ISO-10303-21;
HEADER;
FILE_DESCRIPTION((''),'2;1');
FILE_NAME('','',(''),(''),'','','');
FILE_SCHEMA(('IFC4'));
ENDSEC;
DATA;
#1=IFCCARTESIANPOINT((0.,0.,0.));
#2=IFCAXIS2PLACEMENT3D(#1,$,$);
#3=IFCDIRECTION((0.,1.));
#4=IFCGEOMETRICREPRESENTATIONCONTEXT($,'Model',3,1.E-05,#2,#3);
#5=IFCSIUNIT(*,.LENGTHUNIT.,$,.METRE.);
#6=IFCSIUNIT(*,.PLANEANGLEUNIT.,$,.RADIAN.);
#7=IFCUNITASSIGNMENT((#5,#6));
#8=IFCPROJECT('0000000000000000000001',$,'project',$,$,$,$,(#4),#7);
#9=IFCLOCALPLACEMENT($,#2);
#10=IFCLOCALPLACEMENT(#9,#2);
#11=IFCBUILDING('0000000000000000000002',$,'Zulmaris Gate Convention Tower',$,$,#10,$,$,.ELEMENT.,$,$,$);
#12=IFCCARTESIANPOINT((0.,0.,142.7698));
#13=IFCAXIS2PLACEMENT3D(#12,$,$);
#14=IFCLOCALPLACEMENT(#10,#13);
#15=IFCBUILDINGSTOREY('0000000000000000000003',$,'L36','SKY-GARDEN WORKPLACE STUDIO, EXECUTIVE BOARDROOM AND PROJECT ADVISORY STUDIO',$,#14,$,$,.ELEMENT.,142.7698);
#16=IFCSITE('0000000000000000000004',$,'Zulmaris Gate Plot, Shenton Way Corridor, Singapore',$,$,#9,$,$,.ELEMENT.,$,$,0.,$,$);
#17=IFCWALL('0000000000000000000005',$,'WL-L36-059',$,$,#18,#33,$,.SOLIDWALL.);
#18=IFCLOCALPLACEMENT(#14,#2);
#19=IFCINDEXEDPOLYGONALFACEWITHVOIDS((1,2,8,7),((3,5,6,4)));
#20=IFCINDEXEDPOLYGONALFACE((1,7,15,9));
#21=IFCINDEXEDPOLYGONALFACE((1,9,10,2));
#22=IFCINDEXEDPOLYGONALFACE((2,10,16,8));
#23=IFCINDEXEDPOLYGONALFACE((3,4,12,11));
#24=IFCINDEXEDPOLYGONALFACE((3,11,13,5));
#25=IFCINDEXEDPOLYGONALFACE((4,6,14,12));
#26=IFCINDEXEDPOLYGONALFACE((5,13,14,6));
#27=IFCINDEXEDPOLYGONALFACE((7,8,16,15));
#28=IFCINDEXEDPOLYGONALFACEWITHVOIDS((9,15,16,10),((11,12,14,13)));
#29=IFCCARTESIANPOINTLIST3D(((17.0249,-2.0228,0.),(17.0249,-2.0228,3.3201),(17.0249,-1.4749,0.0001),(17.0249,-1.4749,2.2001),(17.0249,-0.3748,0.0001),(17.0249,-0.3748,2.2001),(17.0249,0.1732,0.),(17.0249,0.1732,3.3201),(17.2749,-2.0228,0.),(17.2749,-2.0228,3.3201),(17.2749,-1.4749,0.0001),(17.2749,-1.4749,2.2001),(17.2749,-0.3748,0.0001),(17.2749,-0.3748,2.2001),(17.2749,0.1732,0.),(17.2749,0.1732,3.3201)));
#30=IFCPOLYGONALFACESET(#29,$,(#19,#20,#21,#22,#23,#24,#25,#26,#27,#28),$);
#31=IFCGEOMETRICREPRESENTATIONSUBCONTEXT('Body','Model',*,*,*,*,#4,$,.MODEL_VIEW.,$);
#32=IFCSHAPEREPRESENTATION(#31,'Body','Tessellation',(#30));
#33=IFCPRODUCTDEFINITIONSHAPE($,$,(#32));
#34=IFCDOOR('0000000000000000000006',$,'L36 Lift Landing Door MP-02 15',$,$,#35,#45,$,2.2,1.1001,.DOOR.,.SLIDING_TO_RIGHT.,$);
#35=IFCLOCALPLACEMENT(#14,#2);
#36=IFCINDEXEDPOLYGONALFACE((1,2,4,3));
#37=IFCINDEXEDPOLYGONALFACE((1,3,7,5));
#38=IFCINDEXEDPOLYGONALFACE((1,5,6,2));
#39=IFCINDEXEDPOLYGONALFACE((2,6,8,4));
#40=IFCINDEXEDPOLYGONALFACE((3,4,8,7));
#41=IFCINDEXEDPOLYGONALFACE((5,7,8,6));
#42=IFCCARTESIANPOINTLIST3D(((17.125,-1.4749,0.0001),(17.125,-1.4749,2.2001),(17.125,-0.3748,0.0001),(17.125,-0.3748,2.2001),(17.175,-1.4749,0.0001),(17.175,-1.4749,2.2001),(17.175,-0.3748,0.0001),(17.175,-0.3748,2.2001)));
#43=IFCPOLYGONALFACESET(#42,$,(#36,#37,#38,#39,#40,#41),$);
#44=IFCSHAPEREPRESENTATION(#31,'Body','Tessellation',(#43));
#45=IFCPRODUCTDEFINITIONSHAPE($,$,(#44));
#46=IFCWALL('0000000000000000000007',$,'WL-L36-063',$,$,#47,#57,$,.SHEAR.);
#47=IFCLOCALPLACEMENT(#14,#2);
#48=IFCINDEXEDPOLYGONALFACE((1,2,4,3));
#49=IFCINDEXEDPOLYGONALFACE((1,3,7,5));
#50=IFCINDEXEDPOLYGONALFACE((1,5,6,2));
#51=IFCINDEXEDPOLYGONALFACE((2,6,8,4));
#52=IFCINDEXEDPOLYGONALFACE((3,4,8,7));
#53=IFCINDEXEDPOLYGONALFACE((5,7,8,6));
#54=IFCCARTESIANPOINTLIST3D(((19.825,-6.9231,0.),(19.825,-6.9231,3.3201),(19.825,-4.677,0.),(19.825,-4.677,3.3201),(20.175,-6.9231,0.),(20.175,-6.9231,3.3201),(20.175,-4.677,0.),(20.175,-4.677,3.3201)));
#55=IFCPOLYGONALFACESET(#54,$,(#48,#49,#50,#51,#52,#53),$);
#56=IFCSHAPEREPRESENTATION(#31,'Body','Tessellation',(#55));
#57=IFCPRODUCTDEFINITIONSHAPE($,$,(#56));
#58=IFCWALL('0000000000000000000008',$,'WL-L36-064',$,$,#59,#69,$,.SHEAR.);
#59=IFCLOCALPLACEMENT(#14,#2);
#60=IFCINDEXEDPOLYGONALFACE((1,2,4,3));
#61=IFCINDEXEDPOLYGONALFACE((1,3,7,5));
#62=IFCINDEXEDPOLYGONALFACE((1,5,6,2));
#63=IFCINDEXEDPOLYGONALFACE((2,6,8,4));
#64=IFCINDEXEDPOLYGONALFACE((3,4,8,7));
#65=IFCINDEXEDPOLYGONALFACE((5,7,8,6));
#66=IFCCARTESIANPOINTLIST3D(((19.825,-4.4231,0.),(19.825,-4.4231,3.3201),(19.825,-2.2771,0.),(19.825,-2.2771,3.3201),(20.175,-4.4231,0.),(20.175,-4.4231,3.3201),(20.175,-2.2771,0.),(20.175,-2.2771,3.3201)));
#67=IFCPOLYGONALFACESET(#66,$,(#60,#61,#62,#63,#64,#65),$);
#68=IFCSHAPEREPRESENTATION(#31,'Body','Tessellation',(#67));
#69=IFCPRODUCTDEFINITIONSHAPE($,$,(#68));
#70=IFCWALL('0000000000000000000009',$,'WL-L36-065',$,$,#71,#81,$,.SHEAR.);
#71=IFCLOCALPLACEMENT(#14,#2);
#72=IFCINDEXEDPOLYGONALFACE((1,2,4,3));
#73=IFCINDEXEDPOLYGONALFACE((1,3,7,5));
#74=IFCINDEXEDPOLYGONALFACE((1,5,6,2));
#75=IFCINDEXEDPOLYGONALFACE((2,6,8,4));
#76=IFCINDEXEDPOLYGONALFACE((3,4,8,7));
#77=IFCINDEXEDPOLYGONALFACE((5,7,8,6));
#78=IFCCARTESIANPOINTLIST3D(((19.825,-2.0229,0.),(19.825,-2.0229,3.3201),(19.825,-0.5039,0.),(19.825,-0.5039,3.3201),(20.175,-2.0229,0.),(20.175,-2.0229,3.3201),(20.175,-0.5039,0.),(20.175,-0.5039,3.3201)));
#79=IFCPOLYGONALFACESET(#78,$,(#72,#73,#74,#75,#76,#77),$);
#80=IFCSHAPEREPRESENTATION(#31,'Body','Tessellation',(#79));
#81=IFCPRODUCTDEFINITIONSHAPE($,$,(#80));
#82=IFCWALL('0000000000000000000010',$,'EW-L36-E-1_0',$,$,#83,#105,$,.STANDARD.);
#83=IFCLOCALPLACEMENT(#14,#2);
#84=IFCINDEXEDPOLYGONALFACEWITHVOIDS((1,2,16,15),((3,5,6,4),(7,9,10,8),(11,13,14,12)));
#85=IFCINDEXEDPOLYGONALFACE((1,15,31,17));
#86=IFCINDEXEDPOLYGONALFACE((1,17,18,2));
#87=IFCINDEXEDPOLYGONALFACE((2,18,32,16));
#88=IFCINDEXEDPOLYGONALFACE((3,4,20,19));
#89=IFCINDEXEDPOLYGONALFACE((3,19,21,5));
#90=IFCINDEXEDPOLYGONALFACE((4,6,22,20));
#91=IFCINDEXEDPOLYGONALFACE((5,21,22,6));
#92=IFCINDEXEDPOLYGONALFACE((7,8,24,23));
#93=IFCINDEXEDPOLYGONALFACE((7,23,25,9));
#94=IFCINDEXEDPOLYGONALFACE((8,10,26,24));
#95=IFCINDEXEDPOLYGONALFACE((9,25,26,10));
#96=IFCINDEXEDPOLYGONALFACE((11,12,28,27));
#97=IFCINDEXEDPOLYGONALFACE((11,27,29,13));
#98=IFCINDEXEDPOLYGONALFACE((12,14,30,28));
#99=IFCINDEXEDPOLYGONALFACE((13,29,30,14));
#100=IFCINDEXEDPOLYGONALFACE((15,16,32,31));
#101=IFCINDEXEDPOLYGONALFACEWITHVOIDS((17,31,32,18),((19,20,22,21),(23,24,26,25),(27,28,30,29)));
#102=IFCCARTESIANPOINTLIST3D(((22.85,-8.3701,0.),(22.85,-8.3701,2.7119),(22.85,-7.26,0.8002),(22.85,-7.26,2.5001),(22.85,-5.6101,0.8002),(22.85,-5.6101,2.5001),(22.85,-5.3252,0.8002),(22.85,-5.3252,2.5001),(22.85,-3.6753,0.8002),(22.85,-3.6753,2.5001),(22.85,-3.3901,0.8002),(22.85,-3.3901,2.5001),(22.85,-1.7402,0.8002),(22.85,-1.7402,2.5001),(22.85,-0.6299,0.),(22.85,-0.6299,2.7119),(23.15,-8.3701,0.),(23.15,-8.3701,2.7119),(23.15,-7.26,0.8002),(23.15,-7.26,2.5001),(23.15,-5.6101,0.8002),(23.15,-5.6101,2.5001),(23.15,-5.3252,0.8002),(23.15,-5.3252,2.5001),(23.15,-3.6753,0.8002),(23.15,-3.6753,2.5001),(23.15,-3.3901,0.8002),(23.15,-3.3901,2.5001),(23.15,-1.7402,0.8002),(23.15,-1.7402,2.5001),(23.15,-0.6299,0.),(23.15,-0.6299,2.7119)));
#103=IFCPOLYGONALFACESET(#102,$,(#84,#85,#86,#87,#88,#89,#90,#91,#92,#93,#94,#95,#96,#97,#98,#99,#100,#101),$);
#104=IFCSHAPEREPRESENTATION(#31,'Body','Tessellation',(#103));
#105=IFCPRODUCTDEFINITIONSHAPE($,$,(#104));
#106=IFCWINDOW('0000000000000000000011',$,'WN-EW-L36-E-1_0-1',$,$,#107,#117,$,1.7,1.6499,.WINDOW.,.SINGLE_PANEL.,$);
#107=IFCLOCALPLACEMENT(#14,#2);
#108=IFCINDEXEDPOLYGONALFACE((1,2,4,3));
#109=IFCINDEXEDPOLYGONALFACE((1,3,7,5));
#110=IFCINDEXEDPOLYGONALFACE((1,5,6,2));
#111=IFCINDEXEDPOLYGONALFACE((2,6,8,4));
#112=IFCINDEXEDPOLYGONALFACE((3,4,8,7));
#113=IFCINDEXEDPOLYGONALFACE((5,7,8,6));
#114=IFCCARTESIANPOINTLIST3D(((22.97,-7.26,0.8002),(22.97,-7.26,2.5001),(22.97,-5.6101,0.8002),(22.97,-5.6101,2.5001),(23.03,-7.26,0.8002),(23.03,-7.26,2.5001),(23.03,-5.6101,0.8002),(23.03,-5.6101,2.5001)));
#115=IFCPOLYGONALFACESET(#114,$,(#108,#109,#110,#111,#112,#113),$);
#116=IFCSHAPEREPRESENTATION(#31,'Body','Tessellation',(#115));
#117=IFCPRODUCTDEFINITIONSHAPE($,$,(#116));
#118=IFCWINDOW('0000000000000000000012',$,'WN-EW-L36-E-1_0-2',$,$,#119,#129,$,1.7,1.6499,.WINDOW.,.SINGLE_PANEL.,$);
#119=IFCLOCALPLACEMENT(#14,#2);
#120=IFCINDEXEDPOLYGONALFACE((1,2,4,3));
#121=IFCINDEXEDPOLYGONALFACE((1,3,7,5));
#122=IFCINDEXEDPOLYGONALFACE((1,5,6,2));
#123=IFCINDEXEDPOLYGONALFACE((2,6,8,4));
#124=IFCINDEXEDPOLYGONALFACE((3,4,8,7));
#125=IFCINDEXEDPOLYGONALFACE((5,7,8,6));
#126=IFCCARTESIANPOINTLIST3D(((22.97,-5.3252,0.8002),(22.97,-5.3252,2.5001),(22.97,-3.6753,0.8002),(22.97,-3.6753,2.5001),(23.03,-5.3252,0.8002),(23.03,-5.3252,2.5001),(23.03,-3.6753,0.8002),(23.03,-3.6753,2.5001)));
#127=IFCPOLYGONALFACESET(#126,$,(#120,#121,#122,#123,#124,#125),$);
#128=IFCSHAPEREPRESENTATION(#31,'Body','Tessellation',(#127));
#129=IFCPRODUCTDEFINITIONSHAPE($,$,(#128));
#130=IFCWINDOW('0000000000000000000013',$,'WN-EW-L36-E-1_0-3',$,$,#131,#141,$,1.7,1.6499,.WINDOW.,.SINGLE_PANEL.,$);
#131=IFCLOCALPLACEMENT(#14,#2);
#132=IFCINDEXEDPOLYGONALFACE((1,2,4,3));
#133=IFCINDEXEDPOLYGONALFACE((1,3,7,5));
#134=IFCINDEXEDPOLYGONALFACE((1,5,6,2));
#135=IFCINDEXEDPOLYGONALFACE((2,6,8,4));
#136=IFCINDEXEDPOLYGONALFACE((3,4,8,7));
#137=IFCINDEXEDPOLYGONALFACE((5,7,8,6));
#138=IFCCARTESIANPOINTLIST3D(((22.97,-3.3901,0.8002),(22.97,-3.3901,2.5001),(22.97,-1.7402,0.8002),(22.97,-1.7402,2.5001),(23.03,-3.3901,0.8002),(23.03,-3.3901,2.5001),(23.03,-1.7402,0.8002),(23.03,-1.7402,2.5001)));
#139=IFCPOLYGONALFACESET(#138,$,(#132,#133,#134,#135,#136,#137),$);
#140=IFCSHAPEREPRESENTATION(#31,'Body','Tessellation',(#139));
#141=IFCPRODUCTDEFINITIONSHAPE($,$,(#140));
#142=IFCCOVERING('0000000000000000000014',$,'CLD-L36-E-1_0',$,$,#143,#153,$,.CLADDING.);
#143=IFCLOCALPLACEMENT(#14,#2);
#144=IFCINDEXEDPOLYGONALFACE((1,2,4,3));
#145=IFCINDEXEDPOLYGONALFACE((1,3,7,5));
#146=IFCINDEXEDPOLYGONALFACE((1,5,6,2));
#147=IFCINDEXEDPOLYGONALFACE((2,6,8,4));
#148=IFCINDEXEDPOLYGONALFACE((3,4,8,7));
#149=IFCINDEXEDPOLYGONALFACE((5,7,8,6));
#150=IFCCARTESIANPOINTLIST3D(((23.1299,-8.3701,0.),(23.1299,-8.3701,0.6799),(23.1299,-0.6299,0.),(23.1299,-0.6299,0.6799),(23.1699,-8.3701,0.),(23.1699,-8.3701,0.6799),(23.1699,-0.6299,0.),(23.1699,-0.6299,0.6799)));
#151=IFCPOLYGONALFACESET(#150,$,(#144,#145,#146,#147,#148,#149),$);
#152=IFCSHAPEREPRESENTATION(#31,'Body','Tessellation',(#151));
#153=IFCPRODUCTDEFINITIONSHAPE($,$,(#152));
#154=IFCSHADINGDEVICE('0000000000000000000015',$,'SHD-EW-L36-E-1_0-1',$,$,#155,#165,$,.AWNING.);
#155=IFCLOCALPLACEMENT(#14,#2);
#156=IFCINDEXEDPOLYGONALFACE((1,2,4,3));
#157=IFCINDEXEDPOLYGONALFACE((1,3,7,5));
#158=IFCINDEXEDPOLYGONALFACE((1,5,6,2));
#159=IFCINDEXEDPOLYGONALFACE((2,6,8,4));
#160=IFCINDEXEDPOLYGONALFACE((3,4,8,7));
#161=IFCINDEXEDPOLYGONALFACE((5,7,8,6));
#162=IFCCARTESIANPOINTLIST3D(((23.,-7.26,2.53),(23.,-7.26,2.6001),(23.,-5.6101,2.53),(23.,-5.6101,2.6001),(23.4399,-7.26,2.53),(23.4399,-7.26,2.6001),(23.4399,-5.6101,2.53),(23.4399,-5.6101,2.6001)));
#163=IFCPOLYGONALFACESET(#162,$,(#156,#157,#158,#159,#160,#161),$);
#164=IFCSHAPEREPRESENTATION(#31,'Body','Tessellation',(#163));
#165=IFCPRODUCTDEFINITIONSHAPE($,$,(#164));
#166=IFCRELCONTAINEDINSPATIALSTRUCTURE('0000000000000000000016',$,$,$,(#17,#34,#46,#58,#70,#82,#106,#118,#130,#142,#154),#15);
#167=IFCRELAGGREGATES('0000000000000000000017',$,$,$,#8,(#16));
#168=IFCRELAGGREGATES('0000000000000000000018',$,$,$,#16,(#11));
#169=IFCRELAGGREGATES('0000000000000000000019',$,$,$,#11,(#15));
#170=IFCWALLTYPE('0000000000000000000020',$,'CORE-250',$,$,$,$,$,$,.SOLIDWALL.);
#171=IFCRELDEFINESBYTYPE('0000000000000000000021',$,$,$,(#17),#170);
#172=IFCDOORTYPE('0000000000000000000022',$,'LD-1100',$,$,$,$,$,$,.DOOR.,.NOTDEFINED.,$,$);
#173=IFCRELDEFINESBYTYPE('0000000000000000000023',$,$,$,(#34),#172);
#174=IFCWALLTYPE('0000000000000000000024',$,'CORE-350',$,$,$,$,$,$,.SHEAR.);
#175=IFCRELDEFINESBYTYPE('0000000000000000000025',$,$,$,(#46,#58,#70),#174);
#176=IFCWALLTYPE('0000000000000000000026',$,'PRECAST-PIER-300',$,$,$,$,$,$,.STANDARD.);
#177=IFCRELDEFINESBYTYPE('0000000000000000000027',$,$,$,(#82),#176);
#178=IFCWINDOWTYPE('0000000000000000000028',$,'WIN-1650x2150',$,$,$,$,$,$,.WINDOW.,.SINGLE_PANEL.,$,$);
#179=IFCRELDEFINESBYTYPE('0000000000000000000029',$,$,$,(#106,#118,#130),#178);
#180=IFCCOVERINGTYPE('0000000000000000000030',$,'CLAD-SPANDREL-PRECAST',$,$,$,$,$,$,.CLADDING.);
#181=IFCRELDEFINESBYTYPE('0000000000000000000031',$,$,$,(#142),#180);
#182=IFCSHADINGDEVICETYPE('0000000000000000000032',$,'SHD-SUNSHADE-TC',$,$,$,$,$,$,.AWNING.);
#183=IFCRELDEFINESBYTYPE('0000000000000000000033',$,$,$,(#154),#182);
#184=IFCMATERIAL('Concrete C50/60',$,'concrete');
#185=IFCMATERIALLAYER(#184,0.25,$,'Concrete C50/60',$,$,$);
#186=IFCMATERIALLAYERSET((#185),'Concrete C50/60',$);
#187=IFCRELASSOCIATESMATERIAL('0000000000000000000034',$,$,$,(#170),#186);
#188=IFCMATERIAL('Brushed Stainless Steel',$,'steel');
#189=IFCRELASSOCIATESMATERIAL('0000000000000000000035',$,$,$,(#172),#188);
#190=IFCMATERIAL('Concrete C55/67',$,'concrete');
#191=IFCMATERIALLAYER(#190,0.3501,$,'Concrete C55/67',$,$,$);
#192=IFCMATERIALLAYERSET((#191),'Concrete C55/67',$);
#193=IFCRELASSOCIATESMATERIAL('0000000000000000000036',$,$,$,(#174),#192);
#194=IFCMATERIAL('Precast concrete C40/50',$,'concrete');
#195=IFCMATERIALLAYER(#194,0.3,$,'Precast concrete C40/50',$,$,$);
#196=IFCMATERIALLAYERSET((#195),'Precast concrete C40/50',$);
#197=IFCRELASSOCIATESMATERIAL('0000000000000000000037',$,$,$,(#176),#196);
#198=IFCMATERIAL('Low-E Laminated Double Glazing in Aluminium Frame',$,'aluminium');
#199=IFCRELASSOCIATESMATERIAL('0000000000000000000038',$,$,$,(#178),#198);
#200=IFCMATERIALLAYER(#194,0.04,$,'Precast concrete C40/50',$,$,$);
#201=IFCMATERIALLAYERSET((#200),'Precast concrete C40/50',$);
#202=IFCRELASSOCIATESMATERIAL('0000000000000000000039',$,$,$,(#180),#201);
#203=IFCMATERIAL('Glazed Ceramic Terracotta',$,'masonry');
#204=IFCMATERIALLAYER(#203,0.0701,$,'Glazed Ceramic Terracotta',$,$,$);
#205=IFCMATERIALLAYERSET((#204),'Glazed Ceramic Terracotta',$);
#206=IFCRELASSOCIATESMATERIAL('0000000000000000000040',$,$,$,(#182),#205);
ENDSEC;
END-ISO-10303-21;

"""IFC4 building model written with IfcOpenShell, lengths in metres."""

from ifc_helpers import new_model, si_unit, direction, frame, frame_2d, origin, place, context, subcontext, project, spatial, rectangle, extrude, material, layer, layer_set, type_object, element, fill, save


model = new_model("IFC4")

# Units and contexts
model_context = context("Model", 3, precision=1e-05, world=origin(), true_north=direction((0.0, 1.0)))
body_context = subcontext(model_context, "Body", "Model", "MODEL_VIEW")
ifc_project = project(units=[si_unit("LENGTHUNIT", "METRE"), si_unit("PLANEANGLEUNIT", "RADIAN")], contexts=[model_context])

# Site, building, storey
site_placement = place(None, origin())
site = spatial("IfcSite", under=ifc_project, at=site_placement, Name="Zulmaris Gate Plot, Shenton Way Corridor, Singapore", CompositionType="ELEMENT", RefElevation=0.0)
building_placement = place(site_placement, origin())
building = spatial("IfcBuilding", under=site, at=building_placement, Name="Zulmaris Gate Convention Tower", CompositionType="ELEMENT")
storey_placement = place(building_placement, frame((0.0, 0.0, 142.7698)))
storey = spatial("IfcBuildingStorey", under=building, at=storey_placement, Name="L36", Description="SKY-GARDEN WORKPLACE STUDIO, EXECUTIVE BOARDROOM AND PROJECT ADVISORY STUDIO", CompositionType="ELEMENT", Elevation=142.7698)

# Wall, opening, door
ifc_material_1 = material(Name="Concrete C50/60", Category="concrete")
ifc_layer_1 = layer(ifc_material_1, 0.25, Name="Concrete C50/60")
ifc_layer_set_1 = layer_set([ifc_layer_1], Name="Concrete C50/60")
wall_type_1 = type_object("IfcWallType", Name="CORE-250", PredefinedType="SOLIDWALL", material=ifc_layer_set_1)
ifc_material_2 = material(Name="Brushed Stainless Steel", Category="steel")
door_type = type_object("IfcDoorType", Name="LD-1100", OperationType="NOTDEFINED", PredefinedType="DOOR", material=ifc_material_2)
wall_1_placement = place(storey_placement, frame((17.1499, -2.0229, 0.0), z_axis=(0.0, 0.0, 1.0), x_axis=(0.0, 1.0, 0.0)))
wall_1 = element("IfcWall", 1, at=wall_1_placement, inside=storey, type_object=wall_type_1, Name="WL-L36-059", PredefinedType="SOLIDWALL", context=body_context, shape_type="SweptSolid", body=[
    extrude(rectangle(XDim=2.196, YDim=0.25, at=frame_2d((1.0981, 0.0))), origin(), (0.0, 0.0, 1.0), 3.3201),
])
opening_1_placement = place(wall_1_placement, frame((0.5481, 0.0, 0.0)))
opening_1 = element("IfcOpeningElement", 2, at=opening_1_placement, cuts=wall_1, PredefinedType="OPENING", context=body_context, shape_type="SweptSolid", body=[
    extrude(rectangle(XDim=1.1001, YDim=2.2, at=frame_2d((0.55, 1.1001))), frame((0.0, 0.135, 0.0), z_axis=(0.0, -1.0, 0.0), x_axis=(1.0, 0.0, 0.0)), (0.0, 0.0, 1.0), 0.27),
])
door_1_placement = place(opening_1_placement, origin())
door_1 = element("IfcDoor", 3, at=door_1_placement, inside=storey, type_object=door_type, Name="L36 Lift Landing Door MP-02 15", OperationType="SLIDING_TO_RIGHT", OverallHeight=2.2, OverallWidth=1.1001, PredefinedType="DOOR", context=body_context, shape_type="SweptSolid", body=[
    extrude(rectangle(XDim=1.1001, YDim=2.2, at=frame_2d((0.55, 1.1001))), frame((0.0, 0.0249, 0.0), z_axis=(0.0, -1.0, 0.0), x_axis=(1.0, 0.0, 0.0)), (0.0, 0.0, 1.0), 0.05),
])
fill(opening_1, door_1)

# Walls
ifc_material_3 = material(Name="Concrete C55/67", Category="concrete")
ifc_layer_2 = layer(ifc_material_3, 0.3501, Name="Concrete C55/67")
ifc_layer_set_2 = layer_set([ifc_layer_2], Name="Concrete C55/67")
wall_type_2 = type_object("IfcWallType", Name="CORE-350", PredefinedType="SHEAR", material=ifc_layer_set_2)
wall_2_placement = place(storey_placement, frame((20.0, -6.9231, 0.0), z_axis=(0.0, 0.0, 1.0), x_axis=(0.0, 1.0, 0.0)))
element("IfcWall", 4, at=wall_2_placement, inside=storey, type_object=wall_type_2, Name="WL-L36-063", PredefinedType="SHEAR", context=body_context, shape_type="SweptSolid", body=[
    extrude(rectangle(XDim=2.2461, YDim=0.3501, at=frame_2d((1.123, 0.0))), origin(), (0.0, 0.0, 1.0), 3.3201),
])
wall_3_placement = place(storey_placement, frame((20.0, -4.4231, 0.0), z_axis=(0.0, 0.0, 1.0), x_axis=(0.0, 1.0, 0.0)))
element("IfcWall", 5, at=wall_3_placement, inside=storey, type_object=wall_type_2, Name="WL-L36-064", PredefinedType="SHEAR", context=body_context, shape_type="SweptSolid", body=[
    extrude(rectangle(XDim=2.146, YDim=0.3501, at=frame_2d((1.073, 0.0))), origin(), (0.0, 0.0, 1.0), 3.3201),
])
wall_4_placement = place(storey_placement, frame((20.0, -2.0229, 0.0), z_axis=(0.0, 0.0, 1.0), x_axis=(0.0, 1.0, 0.0)))
element("IfcWall", 6, at=wall_4_placement, inside=storey, type_object=wall_type_2, Name="WL-L36-065", PredefinedType="SHEAR", context=body_context, shape_type="SweptSolid", body=[
    extrude(rectangle(XDim=1.519, YDim=0.3501, at=frame_2d((0.7595, 0.0))), origin(), (0.0, 0.0, 1.0), 3.3201),
])

# Wall, openings, windows
ifc_material_4 = material(Name="Precast concrete C40/50", Category="concrete")
ifc_layer_3 = layer(ifc_material_4, 0.3, Name="Precast concrete C40/50")
ifc_layer_set_3 = layer_set([ifc_layer_3], Name="Precast concrete C40/50")
wall_type_3 = type_object("IfcWallType", Name="PRECAST-PIER-300", PredefinedType="STANDARD", material=ifc_layer_set_3)
wall_5_placement = place(storey_placement, frame((23.0, -8.3701, 0.0), z_axis=(0.0, 0.0, 1.0), x_axis=(0.0, 1.0, 0.0)))
wall_5 = element("IfcWall", 7, at=wall_5_placement, inside=storey, type_object=wall_type_3, Name="EW-L36-E-1_0", PredefinedType="STANDARD", context=body_context, shape_type="SweptSolid", body=[
    extrude(rectangle(XDim=7.7402, YDim=0.3, at=frame_2d((3.8701, 0.0))), origin(), (0.0, 0.0, 1.0), 2.7119),
])
opening_2_placement = place(wall_5_placement, frame((1.1101, 0.0, 0.8)))
opening_2 = element("IfcOpeningElement", 8, at=opening_2_placement, cuts=wall_5, PredefinedType="OPENING", context=body_context, shape_type="SweptSolid", body=[
    extrude(rectangle(XDim=1.6499, YDim=1.7, at=frame_2d((0.825, 0.8501))), frame((0.0, 0.1602, 0.0), z_axis=(0.0, -1.0, 0.0), x_axis=(1.0, 0.0, 0.0)), (0.0, 0.0, 1.0), 0.3201),
])
opening_3_placement = place(wall_5_placement, frame((3.0449, 0.0, 0.8)))
opening_3 = element("IfcOpeningElement", 9, at=opening_3_placement, cuts=wall_5, PredefinedType="OPENING", context=body_context, shape_type="SweptSolid", body=[
    extrude(rectangle(XDim=1.6499, YDim=1.7, at=frame_2d((0.825, 0.8501))), frame((0.0, 0.1602, 0.0), z_axis=(0.0, -1.0, 0.0), x_axis=(1.0, 0.0, 0.0)), (0.0, 0.0, 1.0), 0.3201),
])
opening_4_placement = place(wall_5_placement, frame((4.98, 0.0, 0.8)))
opening_4 = element("IfcOpeningElement", 10, at=opening_4_placement, cuts=wall_5, PredefinedType="OPENING", context=body_context, shape_type="SweptSolid", body=[
    extrude(rectangle(XDim=1.6499, YDim=1.7, at=frame_2d((0.825, 0.8501))), frame((0.0, 0.1602, 0.0), z_axis=(0.0, -1.0, 0.0), x_axis=(1.0, 0.0, 0.0)), (0.0, 0.0, 1.0), 0.3201),
])
ifc_material_5 = material(Name="Low-E Laminated Double Glazing in Aluminium Frame", Category="aluminium")
window_type = type_object("IfcWindowType", Name="WIN-1650x2150", PartitioningType="SINGLE_PANEL", PredefinedType="WINDOW", material=ifc_material_5)
window_1_placement = place(opening_2_placement, origin())
window_1 = element("IfcWindow", 11, at=window_1_placement, inside=storey, type_object=window_type, Name="WN-EW-L36-E-1_0-1", OverallHeight=1.7, OverallWidth=1.6499, PartitioningType="SINGLE_PANEL", PredefinedType="WINDOW", context=body_context, shape_type="SweptSolid", body=[
    extrude(rectangle(XDim=1.6499, YDim=1.7, at=frame_2d((0.825, 0.8501))), frame((0.0, 0.03, 0.0), z_axis=(0.0, -1.0, 0.0), x_axis=(1.0, 0.0, 0.0)), (0.0, 0.0, 1.0), 0.0601),
])
fill(opening_2, window_1)
window_2_placement = place(opening_3_placement, origin())
window_2 = element("IfcWindow", 12, at=window_2_placement, inside=storey, type_object=window_type, Name="WN-EW-L36-E-1_0-2", OverallHeight=1.7, OverallWidth=1.6499, PartitioningType="SINGLE_PANEL", PredefinedType="WINDOW", context=body_context, shape_type="SweptSolid", body=[
    extrude(rectangle(XDim=1.6499, YDim=1.7, at=frame_2d((0.825, 0.8501))), frame((0.0, 0.03, 0.0), z_axis=(0.0, -1.0, 0.0), x_axis=(1.0, 0.0, 0.0)), (0.0, 0.0, 1.0), 0.0601),
])
fill(opening_3, window_2)
window_3_placement = place(opening_4_placement, origin())
window_3 = element("IfcWindow", 13, at=window_3_placement, inside=storey, type_object=window_type, Name="WN-EW-L36-E-1_0-3", OverallHeight=1.7, OverallWidth=1.6499, PartitioningType="SINGLE_PANEL", PredefinedType="WINDOW", context=body_context, shape_type="SweptSolid", body=[
    extrude(rectangle(XDim=1.6499, YDim=1.7, at=frame_2d((0.825, 0.8501))), frame((0.0, 0.03, 0.0), z_axis=(0.0, -1.0, 0.0), x_axis=(1.0, 0.0, 0.0)), (0.0, 0.0, 1.0), 0.0601),
])
fill(opening_4, window_3)

# Covering
ifc_layer_4 = layer(ifc_material_4, 0.04, Name="Precast concrete C40/50")
ifc_layer_set_4 = layer_set([ifc_layer_4], Name="Precast concrete C40/50")
covering_type = type_object("IfcCoveringType", Name="CLAD-SPANDREL-PRECAST", PredefinedType="CLADDING", material=ifc_layer_set_4)
covering_placement = place(storey_placement, frame((23.1499, -8.3701, 0.0), z_axis=(0.0, 0.0, 1.0), x_axis=(0.0, 1.0, 0.0)))
element("IfcCovering", 14, at=covering_placement, inside=storey, type_object=covering_type, Name="CLD-L36-E-1_0", PredefinedType="CLADDING", context=body_context, shape_type="SweptSolid", body=[
    extrude(rectangle(XDim=7.7402, YDim=0.04, at=frame_2d((3.8701, 0.0))), origin(), (0.0, 0.0, 1.0), 0.6799),
])

# Shading device
ifc_material_6 = material(Name="Glazed Ceramic Terracotta", Category="masonry")
ifc_layer_5 = layer(ifc_material_6, 0.0701, Name="Glazed Ceramic Terracotta")
ifc_layer_set_5 = layer_set([ifc_layer_5], Name="Glazed Ceramic Terracotta")
shading_device_type = type_object("IfcShadingDeviceType", Name="SHD-SUNSHADE-TC", PredefinedType="AWNING", material=ifc_layer_set_5)
for number, where, z_axis, x_axis, name in (
    (15, (23.22, -7.26, 2.53), (0.0, 0.0, 1.0), (0.0, 1.0, 0.0), "SHD-EW-L36-E-1_0-1"),
):
    element("IfcShadingDevice", number, at=place(storey_placement, frame(where, z_axis=z_axis, x_axis=x_axis)), inside=storey, type_object=shading_device_type, Name=name, PredefinedType="AWNING", context=body_context, shape_type="SweptSolid", body=[
        extrude(rectangle(XDim=1.6499, YDim=0.4399, at=frame_2d((0.825, 0.0))), origin(), (0.0, 0.0, 1.0), 0.0701),
    ])

save(model, "model.ifc")
